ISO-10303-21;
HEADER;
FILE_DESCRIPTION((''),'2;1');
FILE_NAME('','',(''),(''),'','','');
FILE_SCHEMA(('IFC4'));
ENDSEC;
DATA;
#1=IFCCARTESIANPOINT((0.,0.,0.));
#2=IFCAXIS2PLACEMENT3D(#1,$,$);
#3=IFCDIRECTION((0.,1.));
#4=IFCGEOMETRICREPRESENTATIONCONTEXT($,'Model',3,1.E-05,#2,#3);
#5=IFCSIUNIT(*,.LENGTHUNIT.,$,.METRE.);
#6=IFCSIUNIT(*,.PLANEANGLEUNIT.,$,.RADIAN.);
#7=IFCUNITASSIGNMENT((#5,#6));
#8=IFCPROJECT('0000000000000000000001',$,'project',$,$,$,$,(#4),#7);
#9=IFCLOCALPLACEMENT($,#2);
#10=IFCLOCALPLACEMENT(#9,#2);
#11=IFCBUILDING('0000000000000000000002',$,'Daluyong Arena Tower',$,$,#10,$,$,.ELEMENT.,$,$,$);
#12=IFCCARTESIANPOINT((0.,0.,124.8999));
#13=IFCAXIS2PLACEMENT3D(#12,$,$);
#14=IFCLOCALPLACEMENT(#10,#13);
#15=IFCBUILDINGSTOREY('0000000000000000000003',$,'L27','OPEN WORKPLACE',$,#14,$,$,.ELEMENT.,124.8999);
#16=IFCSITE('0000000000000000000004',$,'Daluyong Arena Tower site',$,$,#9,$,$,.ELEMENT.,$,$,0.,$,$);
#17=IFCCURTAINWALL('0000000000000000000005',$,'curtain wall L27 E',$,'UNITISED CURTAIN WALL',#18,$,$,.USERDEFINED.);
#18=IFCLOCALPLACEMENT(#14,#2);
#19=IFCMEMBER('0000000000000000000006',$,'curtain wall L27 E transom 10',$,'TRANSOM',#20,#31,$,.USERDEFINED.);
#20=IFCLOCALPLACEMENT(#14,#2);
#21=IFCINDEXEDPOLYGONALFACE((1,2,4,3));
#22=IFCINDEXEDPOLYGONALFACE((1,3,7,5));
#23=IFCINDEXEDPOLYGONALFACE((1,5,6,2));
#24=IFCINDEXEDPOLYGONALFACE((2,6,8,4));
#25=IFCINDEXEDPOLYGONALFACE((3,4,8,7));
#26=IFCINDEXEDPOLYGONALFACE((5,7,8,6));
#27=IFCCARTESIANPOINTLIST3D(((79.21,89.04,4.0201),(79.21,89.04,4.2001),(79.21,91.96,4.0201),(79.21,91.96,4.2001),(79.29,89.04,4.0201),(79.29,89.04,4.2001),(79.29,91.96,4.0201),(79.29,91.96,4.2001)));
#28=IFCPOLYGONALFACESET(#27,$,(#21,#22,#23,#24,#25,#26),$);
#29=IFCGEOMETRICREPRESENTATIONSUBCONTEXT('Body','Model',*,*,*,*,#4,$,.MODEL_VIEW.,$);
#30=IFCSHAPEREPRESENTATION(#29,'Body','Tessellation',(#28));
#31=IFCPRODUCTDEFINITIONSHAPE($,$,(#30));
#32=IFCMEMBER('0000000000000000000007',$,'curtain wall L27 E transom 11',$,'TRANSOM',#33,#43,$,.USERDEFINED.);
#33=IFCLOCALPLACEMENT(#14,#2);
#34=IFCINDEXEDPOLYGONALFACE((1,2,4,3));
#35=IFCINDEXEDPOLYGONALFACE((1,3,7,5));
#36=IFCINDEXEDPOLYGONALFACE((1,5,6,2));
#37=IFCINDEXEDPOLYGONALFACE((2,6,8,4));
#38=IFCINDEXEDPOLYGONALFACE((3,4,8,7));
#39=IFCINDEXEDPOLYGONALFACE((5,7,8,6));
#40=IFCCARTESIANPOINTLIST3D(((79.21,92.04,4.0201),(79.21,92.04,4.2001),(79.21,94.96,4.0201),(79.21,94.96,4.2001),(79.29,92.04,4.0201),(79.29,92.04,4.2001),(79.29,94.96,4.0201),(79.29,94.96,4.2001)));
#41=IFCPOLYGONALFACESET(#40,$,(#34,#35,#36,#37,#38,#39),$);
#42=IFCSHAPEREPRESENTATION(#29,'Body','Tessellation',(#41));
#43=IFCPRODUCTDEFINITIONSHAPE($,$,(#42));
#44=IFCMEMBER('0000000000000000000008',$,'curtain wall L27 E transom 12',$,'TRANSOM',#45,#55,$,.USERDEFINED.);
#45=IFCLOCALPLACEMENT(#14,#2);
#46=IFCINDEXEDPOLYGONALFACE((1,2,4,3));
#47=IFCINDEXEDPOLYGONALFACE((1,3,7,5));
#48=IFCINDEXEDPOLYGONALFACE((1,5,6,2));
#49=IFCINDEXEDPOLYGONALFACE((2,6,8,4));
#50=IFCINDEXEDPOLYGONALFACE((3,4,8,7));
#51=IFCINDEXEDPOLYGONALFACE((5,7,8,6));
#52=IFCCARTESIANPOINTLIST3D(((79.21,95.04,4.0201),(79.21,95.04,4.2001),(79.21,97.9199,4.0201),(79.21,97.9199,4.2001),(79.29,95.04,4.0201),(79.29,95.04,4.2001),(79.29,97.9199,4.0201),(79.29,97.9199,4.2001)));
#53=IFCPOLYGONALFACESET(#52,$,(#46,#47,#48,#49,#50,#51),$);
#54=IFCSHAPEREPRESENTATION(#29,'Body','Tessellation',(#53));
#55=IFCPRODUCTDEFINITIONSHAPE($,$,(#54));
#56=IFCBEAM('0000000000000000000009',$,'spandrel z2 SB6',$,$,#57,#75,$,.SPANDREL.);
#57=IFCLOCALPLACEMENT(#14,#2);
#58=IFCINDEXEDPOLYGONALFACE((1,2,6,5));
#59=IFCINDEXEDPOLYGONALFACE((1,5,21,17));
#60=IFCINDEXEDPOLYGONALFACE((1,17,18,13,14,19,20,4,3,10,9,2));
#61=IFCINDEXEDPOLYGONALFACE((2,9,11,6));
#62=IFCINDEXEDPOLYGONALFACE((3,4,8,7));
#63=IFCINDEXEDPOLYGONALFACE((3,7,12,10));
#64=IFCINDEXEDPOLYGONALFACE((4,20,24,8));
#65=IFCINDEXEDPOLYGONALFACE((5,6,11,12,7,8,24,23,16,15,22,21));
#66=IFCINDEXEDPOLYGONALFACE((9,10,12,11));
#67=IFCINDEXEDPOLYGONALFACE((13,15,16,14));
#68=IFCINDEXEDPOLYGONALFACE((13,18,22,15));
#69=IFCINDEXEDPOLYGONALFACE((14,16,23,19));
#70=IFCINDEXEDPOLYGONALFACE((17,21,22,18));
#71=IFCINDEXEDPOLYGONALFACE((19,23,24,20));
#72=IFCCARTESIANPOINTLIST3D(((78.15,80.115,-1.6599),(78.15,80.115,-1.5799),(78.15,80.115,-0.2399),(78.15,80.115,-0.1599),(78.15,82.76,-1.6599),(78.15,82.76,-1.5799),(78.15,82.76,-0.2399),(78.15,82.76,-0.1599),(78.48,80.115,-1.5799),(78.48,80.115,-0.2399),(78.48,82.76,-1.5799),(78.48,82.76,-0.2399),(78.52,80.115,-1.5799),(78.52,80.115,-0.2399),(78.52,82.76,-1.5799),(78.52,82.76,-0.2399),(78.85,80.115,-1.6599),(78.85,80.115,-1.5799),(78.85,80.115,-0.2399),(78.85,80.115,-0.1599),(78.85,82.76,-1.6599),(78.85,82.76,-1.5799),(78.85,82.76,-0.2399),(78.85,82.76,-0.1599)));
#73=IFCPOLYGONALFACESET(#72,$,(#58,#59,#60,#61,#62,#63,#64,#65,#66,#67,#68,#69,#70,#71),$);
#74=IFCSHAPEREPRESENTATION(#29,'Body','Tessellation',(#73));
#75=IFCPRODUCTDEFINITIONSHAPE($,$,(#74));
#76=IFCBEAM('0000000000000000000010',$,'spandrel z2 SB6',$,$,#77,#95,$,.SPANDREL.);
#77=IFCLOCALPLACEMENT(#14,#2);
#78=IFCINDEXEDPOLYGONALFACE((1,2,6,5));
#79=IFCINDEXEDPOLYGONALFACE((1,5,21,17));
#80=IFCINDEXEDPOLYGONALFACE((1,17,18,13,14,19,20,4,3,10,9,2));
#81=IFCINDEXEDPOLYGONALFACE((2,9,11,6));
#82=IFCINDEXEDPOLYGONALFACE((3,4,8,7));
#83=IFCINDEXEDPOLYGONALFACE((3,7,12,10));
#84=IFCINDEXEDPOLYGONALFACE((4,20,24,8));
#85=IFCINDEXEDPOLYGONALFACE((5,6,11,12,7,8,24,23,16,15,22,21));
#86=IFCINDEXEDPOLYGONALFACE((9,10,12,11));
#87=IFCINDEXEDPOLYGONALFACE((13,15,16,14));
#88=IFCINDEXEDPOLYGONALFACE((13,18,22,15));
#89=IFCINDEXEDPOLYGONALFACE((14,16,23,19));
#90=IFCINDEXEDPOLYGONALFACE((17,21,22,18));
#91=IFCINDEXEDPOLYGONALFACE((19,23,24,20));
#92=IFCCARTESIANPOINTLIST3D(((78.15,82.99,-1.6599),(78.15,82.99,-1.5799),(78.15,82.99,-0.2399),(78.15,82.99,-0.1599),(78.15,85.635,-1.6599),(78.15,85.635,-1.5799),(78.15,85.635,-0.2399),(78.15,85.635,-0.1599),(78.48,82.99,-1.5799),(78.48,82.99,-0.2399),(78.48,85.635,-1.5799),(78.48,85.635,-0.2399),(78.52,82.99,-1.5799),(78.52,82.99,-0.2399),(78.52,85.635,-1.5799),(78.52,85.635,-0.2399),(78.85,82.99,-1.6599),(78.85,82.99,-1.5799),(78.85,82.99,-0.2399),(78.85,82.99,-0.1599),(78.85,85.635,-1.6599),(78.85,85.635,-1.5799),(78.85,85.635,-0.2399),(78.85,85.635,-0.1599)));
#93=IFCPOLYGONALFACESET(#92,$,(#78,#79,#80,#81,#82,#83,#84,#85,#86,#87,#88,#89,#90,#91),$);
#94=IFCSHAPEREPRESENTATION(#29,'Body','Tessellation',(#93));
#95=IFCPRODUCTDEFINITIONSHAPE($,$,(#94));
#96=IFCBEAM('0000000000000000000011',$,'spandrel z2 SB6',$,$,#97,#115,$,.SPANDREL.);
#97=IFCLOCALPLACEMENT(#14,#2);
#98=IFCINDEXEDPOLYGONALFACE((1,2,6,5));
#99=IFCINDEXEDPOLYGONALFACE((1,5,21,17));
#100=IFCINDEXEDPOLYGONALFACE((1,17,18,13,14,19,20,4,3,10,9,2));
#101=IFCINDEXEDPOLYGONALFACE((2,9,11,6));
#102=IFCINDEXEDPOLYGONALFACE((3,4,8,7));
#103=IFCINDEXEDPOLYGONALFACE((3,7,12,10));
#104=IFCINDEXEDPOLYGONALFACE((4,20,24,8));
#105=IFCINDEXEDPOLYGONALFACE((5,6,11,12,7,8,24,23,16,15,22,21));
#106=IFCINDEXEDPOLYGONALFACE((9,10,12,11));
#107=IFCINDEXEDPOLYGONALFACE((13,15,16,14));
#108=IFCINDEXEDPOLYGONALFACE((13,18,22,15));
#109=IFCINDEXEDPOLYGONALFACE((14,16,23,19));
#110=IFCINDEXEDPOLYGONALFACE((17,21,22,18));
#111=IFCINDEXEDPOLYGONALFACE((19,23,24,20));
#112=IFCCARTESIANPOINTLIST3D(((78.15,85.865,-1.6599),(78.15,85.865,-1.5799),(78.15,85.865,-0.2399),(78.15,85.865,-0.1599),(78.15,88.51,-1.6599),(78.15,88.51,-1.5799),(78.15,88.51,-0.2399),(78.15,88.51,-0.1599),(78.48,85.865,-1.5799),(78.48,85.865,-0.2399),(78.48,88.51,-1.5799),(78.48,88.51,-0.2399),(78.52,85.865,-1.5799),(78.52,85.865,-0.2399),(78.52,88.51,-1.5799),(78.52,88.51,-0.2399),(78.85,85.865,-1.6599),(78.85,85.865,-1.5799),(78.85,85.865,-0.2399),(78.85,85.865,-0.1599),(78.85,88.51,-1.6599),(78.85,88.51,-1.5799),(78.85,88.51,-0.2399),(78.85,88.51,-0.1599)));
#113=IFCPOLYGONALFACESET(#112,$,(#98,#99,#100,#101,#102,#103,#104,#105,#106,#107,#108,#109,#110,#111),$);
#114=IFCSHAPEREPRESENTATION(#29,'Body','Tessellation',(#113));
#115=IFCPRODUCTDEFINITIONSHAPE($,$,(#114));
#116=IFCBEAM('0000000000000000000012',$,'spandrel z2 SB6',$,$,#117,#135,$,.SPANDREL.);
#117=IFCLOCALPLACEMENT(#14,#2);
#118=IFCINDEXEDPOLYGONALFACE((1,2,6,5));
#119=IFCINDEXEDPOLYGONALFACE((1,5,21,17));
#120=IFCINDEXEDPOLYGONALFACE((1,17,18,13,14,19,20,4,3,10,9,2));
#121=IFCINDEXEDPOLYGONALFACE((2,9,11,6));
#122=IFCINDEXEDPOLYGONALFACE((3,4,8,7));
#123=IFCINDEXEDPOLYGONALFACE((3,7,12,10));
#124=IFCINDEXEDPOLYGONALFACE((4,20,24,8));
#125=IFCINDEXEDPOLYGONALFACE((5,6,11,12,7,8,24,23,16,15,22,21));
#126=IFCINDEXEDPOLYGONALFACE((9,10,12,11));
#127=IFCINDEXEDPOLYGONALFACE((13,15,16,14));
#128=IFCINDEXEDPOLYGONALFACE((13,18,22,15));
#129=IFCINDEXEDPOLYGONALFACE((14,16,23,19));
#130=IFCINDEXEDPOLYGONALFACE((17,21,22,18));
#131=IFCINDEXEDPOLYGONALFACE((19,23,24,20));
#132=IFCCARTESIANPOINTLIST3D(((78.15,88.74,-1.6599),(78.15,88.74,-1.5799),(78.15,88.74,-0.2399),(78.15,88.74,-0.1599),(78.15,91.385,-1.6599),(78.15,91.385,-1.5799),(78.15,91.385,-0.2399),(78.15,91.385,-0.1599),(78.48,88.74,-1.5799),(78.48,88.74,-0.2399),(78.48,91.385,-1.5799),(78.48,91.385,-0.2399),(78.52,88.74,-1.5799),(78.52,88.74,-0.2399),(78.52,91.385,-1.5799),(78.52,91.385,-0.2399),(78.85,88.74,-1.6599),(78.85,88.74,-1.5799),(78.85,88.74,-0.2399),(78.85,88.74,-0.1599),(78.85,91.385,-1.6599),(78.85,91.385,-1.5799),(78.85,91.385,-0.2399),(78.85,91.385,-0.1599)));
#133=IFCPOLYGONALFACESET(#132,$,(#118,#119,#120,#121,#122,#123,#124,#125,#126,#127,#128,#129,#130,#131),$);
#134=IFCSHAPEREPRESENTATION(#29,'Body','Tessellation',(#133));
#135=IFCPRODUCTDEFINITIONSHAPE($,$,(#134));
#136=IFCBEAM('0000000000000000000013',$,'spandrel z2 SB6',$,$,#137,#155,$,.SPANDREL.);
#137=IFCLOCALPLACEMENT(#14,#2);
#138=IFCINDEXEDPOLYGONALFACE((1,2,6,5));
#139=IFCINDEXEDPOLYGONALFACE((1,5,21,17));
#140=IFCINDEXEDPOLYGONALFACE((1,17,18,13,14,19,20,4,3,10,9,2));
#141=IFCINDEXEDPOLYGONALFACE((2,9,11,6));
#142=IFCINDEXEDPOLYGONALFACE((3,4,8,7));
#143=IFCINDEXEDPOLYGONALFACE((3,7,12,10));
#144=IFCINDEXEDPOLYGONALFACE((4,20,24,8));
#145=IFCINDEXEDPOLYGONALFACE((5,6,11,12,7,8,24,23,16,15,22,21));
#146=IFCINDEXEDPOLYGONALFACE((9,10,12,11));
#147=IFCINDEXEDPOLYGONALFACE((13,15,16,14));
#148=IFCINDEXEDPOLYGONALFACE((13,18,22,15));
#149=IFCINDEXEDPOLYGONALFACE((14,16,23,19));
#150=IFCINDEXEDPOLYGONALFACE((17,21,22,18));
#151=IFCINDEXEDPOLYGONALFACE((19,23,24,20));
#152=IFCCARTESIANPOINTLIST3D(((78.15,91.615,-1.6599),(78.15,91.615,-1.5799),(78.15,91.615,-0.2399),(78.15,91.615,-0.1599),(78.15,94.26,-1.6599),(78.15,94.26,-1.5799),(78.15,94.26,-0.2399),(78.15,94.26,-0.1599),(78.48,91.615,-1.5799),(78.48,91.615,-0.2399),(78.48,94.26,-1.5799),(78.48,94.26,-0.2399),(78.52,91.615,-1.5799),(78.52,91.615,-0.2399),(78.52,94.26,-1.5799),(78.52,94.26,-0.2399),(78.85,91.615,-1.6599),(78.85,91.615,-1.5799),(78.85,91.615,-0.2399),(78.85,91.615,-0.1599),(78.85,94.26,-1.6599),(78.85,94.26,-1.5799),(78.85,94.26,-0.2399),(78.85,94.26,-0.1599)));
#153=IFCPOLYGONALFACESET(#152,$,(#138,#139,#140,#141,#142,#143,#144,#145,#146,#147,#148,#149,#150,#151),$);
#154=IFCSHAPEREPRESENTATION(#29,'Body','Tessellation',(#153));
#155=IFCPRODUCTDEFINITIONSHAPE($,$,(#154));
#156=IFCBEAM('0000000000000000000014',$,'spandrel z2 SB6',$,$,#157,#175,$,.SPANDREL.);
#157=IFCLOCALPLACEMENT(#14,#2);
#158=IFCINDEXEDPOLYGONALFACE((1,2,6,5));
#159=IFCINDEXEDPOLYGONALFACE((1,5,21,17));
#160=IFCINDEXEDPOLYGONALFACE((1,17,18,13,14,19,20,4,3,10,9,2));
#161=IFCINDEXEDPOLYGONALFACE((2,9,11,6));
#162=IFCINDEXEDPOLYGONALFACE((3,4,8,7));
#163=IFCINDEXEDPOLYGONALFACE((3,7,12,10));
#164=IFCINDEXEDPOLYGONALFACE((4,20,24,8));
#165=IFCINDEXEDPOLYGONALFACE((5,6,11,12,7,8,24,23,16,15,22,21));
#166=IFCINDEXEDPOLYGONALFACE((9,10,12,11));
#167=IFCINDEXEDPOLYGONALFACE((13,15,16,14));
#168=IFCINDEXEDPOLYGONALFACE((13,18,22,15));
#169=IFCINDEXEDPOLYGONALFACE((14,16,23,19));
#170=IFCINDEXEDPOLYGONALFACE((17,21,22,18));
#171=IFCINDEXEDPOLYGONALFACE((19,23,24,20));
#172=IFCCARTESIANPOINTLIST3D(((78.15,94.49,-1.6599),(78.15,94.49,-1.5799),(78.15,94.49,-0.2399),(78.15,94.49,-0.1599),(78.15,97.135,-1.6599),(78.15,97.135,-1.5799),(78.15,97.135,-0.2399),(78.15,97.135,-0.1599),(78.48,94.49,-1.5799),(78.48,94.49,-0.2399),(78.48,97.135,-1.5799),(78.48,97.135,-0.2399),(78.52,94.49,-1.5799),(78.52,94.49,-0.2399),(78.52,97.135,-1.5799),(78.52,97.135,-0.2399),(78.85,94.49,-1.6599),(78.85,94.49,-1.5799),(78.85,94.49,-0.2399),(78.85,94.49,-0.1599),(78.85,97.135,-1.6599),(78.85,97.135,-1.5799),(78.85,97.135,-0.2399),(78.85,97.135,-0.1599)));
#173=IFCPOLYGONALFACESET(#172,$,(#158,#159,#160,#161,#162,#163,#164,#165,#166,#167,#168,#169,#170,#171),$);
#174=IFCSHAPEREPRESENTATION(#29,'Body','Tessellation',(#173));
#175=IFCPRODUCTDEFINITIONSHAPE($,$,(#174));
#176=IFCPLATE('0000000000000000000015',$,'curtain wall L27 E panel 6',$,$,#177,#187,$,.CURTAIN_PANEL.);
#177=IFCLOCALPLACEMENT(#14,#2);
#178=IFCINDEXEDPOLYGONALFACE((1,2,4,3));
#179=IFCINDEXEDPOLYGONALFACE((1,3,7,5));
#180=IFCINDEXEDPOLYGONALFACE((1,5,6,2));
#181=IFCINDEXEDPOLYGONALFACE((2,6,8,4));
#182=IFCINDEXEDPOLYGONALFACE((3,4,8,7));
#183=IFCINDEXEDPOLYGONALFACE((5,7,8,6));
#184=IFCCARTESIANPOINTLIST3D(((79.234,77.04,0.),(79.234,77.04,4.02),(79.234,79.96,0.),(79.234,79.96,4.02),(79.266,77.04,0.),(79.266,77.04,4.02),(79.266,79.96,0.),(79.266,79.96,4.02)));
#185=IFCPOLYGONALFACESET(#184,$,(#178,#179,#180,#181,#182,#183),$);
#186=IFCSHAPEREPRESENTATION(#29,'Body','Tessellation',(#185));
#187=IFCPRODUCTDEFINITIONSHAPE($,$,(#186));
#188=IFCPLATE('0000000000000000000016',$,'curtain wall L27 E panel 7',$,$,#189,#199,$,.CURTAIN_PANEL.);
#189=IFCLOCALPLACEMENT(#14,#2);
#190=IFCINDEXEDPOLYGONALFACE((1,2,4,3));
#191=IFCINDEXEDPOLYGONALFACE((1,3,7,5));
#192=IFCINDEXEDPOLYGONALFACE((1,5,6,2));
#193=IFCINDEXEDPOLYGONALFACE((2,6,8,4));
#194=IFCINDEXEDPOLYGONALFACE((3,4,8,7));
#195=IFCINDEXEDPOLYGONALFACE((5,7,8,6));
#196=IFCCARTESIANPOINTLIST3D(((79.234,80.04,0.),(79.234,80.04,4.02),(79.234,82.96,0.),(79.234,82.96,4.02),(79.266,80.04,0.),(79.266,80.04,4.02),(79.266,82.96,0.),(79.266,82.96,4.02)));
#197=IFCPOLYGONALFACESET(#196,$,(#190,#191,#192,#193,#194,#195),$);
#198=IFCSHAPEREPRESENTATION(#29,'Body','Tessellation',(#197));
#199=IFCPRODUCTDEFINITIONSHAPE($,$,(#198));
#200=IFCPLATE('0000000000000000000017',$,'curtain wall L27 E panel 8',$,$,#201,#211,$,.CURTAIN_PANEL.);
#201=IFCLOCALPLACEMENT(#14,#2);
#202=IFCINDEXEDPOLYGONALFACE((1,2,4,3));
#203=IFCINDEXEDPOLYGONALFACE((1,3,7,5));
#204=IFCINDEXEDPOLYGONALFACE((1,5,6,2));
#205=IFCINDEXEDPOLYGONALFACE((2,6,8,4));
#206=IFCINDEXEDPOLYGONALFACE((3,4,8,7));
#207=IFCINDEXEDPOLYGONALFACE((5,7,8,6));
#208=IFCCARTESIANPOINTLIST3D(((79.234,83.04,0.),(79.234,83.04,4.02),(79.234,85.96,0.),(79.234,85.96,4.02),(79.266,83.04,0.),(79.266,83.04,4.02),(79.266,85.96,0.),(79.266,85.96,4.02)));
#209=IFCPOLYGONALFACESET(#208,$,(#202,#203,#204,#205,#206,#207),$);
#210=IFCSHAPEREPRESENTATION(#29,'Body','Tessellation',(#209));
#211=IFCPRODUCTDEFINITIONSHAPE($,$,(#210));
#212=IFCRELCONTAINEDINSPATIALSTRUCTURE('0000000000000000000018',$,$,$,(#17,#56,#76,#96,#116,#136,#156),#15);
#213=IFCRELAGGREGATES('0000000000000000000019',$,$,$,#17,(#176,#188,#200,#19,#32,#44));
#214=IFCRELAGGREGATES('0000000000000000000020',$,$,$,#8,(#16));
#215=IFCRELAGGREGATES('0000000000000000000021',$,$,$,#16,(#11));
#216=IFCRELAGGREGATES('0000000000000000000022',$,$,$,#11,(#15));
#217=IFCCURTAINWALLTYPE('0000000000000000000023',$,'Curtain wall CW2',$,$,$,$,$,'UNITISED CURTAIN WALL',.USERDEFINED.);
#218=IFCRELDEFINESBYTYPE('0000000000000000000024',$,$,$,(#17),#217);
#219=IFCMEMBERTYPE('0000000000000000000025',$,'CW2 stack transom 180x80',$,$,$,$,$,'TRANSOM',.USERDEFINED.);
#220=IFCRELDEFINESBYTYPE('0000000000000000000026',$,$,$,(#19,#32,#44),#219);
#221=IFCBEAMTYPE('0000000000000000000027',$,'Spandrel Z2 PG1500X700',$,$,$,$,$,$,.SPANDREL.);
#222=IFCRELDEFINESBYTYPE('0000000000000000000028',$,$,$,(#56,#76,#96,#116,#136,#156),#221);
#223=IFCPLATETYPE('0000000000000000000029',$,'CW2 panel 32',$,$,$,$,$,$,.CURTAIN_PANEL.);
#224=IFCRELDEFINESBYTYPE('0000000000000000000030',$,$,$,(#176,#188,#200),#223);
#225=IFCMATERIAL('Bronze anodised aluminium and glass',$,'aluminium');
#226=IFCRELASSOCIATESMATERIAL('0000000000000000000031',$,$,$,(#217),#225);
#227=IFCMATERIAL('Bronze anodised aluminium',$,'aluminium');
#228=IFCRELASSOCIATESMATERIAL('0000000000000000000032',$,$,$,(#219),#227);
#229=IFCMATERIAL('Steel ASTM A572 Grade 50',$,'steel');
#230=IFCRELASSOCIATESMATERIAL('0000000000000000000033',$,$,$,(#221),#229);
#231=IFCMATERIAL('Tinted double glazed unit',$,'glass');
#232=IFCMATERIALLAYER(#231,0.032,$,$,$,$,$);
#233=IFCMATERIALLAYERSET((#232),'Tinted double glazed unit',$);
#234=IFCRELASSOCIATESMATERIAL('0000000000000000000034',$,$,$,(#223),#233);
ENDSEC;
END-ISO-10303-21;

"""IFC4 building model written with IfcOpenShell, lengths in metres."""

from ifc_helpers import new_model, si_unit, direction, frame, origin, origin_2d, place, context, subcontext, project, spatial, rectangle, i_section, extrude, material, layer, layer_set, material_profile, profile_set, type_object, element, aggregate, save


model = new_model("IFC4")

# Units and contexts
model_context = context("Model", 3, precision=1e-05, world=origin(), true_north=direction((0.0, 1.0)))
body_context = subcontext(model_context, "Body", "Model", "MODEL_VIEW")
ifc_project = project(units=[si_unit("LENGTHUNIT", "METRE"), si_unit("PLANEANGLEUNIT", "RADIAN")], contexts=[model_context])

# Site, building, storey
site_placement = place(None, origin())
site = spatial("IfcSite", under=ifc_project, at=site_placement, Name="Daluyong Arena Tower site", CompositionType="ELEMENT", RefElevation=0.0)
building_placement = place(site_placement, origin())
building = spatial("IfcBuilding", under=site, at=building_placement, Name="Daluyong Arena Tower", CompositionType="ELEMENT")
storey_placement = place(building_placement, frame((0.0, 0.0, 124.8999)))
storey = spatial("IfcBuildingStorey", under=building, at=storey_placement, Name="L27", Description="OPEN WORKPLACE", CompositionType="ELEMENT", Elevation=124.8999)

# Curtain wall, members
ifc_material_1 = material(Name="Bronze anodised aluminium and glass", Category="aluminium")
curtain_wall_type = type_object("IfcCurtainWallType", Name="Curtain wall CW2", ElementType="UNITISED CURTAIN WALL", PredefinedType="USERDEFINED", material=ifc_material_1)
curtain_wall_placement = place(storey_placement, origin())
curtain_wall = element("IfcCurtainWall", 1, at=curtain_wall_placement, inside=storey, type_object=curtain_wall_type, Name="curtain wall L27 E", ObjectType="UNITISED CURTAIN WALL", PredefinedType="USERDEFINED")
ifc_material_2 = material(Name="Bronze anodised aluminium", Category="aluminium")
ifc_material_profile_1 = material_profile(ifc_material_2, rectangle(XDim=0.0801, YDim=0.1799, at=origin_2d()))
ifc_profile_set_1 = profile_set([ifc_material_profile_1], Name="Bronze anodised aluminium")
member_type_1 = type_object("IfcMemberType", Name="CW2 stack transom 180x80", ElementType="TRANSOM", PredefinedType="USERDEFINED", material=ifc_profile_set_1)
member_1_placement = place(storey_placement, frame((79.25, 89.04, 4.1101), z_axis=(0.0, 1.0, 0.0), x_axis=(-1.0, 0.0, 0.0)))
member_1 = element("IfcMember", 2, at=member_1_placement, type_object=member_type_1, Name="curtain wall L27 E transom 10", ObjectType="TRANSOM", PredefinedType="USERDEFINED", context=body_context, shape_type="SweptSolid", body=[
    extrude(rectangle(XDim=0.0801, YDim=0.1799, at=origin_2d()), origin(), (0.0, 0.0, 1.0), 2.9199),
])
member_2_placement = place(storey_placement, frame((79.25, 92.04, 4.1101), z_axis=(0.0, 1.0, 0.0), x_axis=(-1.0, 0.0, 0.0)))
member_2 = element("IfcMember", 3, at=member_2_placement, type_object=member_type_1, Name="curtain wall L27 E transom 11", ObjectType="TRANSOM", PredefinedType="USERDEFINED", context=body_context, shape_type="SweptSolid", body=[
    extrude(rectangle(XDim=0.0801, YDim=0.1799, at=origin_2d()), origin(), (0.0, 0.0, 1.0), 2.9199),
])
member_3_placement = place(storey_placement, frame((79.25, 95.04, 4.1101), z_axis=(0.0, 1.0, 0.0), x_axis=(-1.0, 0.0, 0.0)))
member_3 = element("IfcMember", 4, at=member_3_placement, type_object=member_type_1, Name="curtain wall L27 E transom 12", ObjectType="TRANSOM", PredefinedType="USERDEFINED", context=body_context, shape_type="SweptSolid", body=[
    extrude(rectangle(XDim=0.0801, YDim=0.1799, at=origin_2d()), origin(), (0.0, 0.0, 1.0), 2.8799),
])

# Beams
ifc_material_3 = material(Name="Steel ASTM A572 Grade 50", Category="steel")
ifc_material_profile_2 = material_profile(ifc_material_3, i_section(OverallWidth=0.7, OverallDepth=1.5, WebThickness=0.04, FlangeThickness=0.08, at=origin_2d()))
ifc_profile_set_2 = profile_set([ifc_material_profile_2], Name="Steel ASTM A572 Grade 50")
beam_type = type_object("IfcBeamType", Name="Spandrel Z2 PG1500X700", PredefinedType="SPANDREL", material=ifc_profile_set_2)
for number, where, z_axis, x_axis, name in (
    (5, (78.5, 80.115, -0.9099), (0.0, 1.0, 0.0), (-1.0, 0.0, 0.0), "spandrel z2 SB6"),
    (6, (78.5, 82.99, -0.9099), (0.0, 1.0, 0.0), (-1.0, 0.0, 0.0), "spandrel z2 SB6"),
    (7, (78.5, 85.865, -0.9099), (0.0, 1.0, 0.0), (-1.0, 0.0, 0.0), "spandrel z2 SB6"),
    (8, (78.5, 88.74, -0.9099), (0.0, 1.0, 0.0), (-1.0, 0.0, 0.0), "spandrel z2 SB6"),
    (9, (78.5, 91.615, -0.9099), (0.0, 1.0, 0.0), (-1.0, 0.0, 0.0), "spandrel z2 SB6"),
    (10, (78.5, 94.49, -0.9099), (0.0, 1.0, 0.0), (-1.0, 0.0, 0.0), "spandrel z2 SB6"),
):
    element("IfcBeam", number, at=place(storey_placement, frame(where, z_axis=z_axis, x_axis=x_axis)), inside=storey, type_object=beam_type, Name=name, PredefinedType="SPANDREL", context=body_context, shape_type="SweptSolid", body=[
        extrude(i_section(OverallWidth=0.7, OverallDepth=1.5, WebThickness=0.04, FlangeThickness=0.08, at=origin_2d()), origin(), (0.0, 0.0, 1.0), 2.645),
    ])

# Plates
ifc_material_4 = material(Name="Tinted double glazed unit", Category="glass")
ifc_layer = layer(ifc_material_4, 0.032)
ifc_layer_set = layer_set([ifc_layer], Name="Tinted double glazed unit")
plate_type = type_object("IfcPlateType", Name="CW2 panel 32", PredefinedType="CURTAIN_PANEL", material=ifc_layer_set)
plate_1_placement = place(storey_placement, frame((79.25, 78.5, 0.0), z_axis=(0.0, 0.0, 1.0), x_axis=(0.0, 1.0, 0.0)))
plate_1 = element("IfcPlate", 11, at=plate_1_placement, type_object=plate_type, Name="curtain wall L27 E panel 6", PredefinedType="CURTAIN_PANEL", context=body_context, shape_type="SweptSolid", body=[
    extrude(rectangle(XDim=2.9199, YDim=0.032, at=origin_2d()), origin(), (0.0, 0.0, 1.0), 4.02),
])
plate_2_placement = place(storey_placement, frame((79.25, 81.5, 0.0), z_axis=(0.0, 0.0, 1.0), x_axis=(0.0, 1.0, 0.0)))
plate_2 = element("IfcPlate", 12, at=plate_2_placement, type_object=plate_type, Name="curtain wall L27 E panel 7", PredefinedType="CURTAIN_PANEL", context=body_context, shape_type="SweptSolid", body=[
    extrude(rectangle(XDim=2.9199, YDim=0.032, at=origin_2d()), origin(), (0.0, 0.0, 1.0), 4.02),
])
plate_3_placement = place(storey_placement, frame((79.25, 84.5, 0.0), z_axis=(0.0, 0.0, 1.0), x_axis=(0.0, 1.0, 0.0)))
plate_3 = element("IfcPlate", 13, at=plate_3_placement, type_object=plate_type, Name="curtain wall L27 E panel 8", PredefinedType="CURTAIN_PANEL", context=body_context, shape_type="SweptSolid", body=[
    extrude(rectangle(XDim=2.9199, YDim=0.032, at=origin_2d()), origin(), (0.0, 0.0, 1.0), 4.02),
])
aggregate(curtain_wall, [plate_1, plate_2, plate_3, member_1, member_2, member_3])

save(model, "model.ifc")
